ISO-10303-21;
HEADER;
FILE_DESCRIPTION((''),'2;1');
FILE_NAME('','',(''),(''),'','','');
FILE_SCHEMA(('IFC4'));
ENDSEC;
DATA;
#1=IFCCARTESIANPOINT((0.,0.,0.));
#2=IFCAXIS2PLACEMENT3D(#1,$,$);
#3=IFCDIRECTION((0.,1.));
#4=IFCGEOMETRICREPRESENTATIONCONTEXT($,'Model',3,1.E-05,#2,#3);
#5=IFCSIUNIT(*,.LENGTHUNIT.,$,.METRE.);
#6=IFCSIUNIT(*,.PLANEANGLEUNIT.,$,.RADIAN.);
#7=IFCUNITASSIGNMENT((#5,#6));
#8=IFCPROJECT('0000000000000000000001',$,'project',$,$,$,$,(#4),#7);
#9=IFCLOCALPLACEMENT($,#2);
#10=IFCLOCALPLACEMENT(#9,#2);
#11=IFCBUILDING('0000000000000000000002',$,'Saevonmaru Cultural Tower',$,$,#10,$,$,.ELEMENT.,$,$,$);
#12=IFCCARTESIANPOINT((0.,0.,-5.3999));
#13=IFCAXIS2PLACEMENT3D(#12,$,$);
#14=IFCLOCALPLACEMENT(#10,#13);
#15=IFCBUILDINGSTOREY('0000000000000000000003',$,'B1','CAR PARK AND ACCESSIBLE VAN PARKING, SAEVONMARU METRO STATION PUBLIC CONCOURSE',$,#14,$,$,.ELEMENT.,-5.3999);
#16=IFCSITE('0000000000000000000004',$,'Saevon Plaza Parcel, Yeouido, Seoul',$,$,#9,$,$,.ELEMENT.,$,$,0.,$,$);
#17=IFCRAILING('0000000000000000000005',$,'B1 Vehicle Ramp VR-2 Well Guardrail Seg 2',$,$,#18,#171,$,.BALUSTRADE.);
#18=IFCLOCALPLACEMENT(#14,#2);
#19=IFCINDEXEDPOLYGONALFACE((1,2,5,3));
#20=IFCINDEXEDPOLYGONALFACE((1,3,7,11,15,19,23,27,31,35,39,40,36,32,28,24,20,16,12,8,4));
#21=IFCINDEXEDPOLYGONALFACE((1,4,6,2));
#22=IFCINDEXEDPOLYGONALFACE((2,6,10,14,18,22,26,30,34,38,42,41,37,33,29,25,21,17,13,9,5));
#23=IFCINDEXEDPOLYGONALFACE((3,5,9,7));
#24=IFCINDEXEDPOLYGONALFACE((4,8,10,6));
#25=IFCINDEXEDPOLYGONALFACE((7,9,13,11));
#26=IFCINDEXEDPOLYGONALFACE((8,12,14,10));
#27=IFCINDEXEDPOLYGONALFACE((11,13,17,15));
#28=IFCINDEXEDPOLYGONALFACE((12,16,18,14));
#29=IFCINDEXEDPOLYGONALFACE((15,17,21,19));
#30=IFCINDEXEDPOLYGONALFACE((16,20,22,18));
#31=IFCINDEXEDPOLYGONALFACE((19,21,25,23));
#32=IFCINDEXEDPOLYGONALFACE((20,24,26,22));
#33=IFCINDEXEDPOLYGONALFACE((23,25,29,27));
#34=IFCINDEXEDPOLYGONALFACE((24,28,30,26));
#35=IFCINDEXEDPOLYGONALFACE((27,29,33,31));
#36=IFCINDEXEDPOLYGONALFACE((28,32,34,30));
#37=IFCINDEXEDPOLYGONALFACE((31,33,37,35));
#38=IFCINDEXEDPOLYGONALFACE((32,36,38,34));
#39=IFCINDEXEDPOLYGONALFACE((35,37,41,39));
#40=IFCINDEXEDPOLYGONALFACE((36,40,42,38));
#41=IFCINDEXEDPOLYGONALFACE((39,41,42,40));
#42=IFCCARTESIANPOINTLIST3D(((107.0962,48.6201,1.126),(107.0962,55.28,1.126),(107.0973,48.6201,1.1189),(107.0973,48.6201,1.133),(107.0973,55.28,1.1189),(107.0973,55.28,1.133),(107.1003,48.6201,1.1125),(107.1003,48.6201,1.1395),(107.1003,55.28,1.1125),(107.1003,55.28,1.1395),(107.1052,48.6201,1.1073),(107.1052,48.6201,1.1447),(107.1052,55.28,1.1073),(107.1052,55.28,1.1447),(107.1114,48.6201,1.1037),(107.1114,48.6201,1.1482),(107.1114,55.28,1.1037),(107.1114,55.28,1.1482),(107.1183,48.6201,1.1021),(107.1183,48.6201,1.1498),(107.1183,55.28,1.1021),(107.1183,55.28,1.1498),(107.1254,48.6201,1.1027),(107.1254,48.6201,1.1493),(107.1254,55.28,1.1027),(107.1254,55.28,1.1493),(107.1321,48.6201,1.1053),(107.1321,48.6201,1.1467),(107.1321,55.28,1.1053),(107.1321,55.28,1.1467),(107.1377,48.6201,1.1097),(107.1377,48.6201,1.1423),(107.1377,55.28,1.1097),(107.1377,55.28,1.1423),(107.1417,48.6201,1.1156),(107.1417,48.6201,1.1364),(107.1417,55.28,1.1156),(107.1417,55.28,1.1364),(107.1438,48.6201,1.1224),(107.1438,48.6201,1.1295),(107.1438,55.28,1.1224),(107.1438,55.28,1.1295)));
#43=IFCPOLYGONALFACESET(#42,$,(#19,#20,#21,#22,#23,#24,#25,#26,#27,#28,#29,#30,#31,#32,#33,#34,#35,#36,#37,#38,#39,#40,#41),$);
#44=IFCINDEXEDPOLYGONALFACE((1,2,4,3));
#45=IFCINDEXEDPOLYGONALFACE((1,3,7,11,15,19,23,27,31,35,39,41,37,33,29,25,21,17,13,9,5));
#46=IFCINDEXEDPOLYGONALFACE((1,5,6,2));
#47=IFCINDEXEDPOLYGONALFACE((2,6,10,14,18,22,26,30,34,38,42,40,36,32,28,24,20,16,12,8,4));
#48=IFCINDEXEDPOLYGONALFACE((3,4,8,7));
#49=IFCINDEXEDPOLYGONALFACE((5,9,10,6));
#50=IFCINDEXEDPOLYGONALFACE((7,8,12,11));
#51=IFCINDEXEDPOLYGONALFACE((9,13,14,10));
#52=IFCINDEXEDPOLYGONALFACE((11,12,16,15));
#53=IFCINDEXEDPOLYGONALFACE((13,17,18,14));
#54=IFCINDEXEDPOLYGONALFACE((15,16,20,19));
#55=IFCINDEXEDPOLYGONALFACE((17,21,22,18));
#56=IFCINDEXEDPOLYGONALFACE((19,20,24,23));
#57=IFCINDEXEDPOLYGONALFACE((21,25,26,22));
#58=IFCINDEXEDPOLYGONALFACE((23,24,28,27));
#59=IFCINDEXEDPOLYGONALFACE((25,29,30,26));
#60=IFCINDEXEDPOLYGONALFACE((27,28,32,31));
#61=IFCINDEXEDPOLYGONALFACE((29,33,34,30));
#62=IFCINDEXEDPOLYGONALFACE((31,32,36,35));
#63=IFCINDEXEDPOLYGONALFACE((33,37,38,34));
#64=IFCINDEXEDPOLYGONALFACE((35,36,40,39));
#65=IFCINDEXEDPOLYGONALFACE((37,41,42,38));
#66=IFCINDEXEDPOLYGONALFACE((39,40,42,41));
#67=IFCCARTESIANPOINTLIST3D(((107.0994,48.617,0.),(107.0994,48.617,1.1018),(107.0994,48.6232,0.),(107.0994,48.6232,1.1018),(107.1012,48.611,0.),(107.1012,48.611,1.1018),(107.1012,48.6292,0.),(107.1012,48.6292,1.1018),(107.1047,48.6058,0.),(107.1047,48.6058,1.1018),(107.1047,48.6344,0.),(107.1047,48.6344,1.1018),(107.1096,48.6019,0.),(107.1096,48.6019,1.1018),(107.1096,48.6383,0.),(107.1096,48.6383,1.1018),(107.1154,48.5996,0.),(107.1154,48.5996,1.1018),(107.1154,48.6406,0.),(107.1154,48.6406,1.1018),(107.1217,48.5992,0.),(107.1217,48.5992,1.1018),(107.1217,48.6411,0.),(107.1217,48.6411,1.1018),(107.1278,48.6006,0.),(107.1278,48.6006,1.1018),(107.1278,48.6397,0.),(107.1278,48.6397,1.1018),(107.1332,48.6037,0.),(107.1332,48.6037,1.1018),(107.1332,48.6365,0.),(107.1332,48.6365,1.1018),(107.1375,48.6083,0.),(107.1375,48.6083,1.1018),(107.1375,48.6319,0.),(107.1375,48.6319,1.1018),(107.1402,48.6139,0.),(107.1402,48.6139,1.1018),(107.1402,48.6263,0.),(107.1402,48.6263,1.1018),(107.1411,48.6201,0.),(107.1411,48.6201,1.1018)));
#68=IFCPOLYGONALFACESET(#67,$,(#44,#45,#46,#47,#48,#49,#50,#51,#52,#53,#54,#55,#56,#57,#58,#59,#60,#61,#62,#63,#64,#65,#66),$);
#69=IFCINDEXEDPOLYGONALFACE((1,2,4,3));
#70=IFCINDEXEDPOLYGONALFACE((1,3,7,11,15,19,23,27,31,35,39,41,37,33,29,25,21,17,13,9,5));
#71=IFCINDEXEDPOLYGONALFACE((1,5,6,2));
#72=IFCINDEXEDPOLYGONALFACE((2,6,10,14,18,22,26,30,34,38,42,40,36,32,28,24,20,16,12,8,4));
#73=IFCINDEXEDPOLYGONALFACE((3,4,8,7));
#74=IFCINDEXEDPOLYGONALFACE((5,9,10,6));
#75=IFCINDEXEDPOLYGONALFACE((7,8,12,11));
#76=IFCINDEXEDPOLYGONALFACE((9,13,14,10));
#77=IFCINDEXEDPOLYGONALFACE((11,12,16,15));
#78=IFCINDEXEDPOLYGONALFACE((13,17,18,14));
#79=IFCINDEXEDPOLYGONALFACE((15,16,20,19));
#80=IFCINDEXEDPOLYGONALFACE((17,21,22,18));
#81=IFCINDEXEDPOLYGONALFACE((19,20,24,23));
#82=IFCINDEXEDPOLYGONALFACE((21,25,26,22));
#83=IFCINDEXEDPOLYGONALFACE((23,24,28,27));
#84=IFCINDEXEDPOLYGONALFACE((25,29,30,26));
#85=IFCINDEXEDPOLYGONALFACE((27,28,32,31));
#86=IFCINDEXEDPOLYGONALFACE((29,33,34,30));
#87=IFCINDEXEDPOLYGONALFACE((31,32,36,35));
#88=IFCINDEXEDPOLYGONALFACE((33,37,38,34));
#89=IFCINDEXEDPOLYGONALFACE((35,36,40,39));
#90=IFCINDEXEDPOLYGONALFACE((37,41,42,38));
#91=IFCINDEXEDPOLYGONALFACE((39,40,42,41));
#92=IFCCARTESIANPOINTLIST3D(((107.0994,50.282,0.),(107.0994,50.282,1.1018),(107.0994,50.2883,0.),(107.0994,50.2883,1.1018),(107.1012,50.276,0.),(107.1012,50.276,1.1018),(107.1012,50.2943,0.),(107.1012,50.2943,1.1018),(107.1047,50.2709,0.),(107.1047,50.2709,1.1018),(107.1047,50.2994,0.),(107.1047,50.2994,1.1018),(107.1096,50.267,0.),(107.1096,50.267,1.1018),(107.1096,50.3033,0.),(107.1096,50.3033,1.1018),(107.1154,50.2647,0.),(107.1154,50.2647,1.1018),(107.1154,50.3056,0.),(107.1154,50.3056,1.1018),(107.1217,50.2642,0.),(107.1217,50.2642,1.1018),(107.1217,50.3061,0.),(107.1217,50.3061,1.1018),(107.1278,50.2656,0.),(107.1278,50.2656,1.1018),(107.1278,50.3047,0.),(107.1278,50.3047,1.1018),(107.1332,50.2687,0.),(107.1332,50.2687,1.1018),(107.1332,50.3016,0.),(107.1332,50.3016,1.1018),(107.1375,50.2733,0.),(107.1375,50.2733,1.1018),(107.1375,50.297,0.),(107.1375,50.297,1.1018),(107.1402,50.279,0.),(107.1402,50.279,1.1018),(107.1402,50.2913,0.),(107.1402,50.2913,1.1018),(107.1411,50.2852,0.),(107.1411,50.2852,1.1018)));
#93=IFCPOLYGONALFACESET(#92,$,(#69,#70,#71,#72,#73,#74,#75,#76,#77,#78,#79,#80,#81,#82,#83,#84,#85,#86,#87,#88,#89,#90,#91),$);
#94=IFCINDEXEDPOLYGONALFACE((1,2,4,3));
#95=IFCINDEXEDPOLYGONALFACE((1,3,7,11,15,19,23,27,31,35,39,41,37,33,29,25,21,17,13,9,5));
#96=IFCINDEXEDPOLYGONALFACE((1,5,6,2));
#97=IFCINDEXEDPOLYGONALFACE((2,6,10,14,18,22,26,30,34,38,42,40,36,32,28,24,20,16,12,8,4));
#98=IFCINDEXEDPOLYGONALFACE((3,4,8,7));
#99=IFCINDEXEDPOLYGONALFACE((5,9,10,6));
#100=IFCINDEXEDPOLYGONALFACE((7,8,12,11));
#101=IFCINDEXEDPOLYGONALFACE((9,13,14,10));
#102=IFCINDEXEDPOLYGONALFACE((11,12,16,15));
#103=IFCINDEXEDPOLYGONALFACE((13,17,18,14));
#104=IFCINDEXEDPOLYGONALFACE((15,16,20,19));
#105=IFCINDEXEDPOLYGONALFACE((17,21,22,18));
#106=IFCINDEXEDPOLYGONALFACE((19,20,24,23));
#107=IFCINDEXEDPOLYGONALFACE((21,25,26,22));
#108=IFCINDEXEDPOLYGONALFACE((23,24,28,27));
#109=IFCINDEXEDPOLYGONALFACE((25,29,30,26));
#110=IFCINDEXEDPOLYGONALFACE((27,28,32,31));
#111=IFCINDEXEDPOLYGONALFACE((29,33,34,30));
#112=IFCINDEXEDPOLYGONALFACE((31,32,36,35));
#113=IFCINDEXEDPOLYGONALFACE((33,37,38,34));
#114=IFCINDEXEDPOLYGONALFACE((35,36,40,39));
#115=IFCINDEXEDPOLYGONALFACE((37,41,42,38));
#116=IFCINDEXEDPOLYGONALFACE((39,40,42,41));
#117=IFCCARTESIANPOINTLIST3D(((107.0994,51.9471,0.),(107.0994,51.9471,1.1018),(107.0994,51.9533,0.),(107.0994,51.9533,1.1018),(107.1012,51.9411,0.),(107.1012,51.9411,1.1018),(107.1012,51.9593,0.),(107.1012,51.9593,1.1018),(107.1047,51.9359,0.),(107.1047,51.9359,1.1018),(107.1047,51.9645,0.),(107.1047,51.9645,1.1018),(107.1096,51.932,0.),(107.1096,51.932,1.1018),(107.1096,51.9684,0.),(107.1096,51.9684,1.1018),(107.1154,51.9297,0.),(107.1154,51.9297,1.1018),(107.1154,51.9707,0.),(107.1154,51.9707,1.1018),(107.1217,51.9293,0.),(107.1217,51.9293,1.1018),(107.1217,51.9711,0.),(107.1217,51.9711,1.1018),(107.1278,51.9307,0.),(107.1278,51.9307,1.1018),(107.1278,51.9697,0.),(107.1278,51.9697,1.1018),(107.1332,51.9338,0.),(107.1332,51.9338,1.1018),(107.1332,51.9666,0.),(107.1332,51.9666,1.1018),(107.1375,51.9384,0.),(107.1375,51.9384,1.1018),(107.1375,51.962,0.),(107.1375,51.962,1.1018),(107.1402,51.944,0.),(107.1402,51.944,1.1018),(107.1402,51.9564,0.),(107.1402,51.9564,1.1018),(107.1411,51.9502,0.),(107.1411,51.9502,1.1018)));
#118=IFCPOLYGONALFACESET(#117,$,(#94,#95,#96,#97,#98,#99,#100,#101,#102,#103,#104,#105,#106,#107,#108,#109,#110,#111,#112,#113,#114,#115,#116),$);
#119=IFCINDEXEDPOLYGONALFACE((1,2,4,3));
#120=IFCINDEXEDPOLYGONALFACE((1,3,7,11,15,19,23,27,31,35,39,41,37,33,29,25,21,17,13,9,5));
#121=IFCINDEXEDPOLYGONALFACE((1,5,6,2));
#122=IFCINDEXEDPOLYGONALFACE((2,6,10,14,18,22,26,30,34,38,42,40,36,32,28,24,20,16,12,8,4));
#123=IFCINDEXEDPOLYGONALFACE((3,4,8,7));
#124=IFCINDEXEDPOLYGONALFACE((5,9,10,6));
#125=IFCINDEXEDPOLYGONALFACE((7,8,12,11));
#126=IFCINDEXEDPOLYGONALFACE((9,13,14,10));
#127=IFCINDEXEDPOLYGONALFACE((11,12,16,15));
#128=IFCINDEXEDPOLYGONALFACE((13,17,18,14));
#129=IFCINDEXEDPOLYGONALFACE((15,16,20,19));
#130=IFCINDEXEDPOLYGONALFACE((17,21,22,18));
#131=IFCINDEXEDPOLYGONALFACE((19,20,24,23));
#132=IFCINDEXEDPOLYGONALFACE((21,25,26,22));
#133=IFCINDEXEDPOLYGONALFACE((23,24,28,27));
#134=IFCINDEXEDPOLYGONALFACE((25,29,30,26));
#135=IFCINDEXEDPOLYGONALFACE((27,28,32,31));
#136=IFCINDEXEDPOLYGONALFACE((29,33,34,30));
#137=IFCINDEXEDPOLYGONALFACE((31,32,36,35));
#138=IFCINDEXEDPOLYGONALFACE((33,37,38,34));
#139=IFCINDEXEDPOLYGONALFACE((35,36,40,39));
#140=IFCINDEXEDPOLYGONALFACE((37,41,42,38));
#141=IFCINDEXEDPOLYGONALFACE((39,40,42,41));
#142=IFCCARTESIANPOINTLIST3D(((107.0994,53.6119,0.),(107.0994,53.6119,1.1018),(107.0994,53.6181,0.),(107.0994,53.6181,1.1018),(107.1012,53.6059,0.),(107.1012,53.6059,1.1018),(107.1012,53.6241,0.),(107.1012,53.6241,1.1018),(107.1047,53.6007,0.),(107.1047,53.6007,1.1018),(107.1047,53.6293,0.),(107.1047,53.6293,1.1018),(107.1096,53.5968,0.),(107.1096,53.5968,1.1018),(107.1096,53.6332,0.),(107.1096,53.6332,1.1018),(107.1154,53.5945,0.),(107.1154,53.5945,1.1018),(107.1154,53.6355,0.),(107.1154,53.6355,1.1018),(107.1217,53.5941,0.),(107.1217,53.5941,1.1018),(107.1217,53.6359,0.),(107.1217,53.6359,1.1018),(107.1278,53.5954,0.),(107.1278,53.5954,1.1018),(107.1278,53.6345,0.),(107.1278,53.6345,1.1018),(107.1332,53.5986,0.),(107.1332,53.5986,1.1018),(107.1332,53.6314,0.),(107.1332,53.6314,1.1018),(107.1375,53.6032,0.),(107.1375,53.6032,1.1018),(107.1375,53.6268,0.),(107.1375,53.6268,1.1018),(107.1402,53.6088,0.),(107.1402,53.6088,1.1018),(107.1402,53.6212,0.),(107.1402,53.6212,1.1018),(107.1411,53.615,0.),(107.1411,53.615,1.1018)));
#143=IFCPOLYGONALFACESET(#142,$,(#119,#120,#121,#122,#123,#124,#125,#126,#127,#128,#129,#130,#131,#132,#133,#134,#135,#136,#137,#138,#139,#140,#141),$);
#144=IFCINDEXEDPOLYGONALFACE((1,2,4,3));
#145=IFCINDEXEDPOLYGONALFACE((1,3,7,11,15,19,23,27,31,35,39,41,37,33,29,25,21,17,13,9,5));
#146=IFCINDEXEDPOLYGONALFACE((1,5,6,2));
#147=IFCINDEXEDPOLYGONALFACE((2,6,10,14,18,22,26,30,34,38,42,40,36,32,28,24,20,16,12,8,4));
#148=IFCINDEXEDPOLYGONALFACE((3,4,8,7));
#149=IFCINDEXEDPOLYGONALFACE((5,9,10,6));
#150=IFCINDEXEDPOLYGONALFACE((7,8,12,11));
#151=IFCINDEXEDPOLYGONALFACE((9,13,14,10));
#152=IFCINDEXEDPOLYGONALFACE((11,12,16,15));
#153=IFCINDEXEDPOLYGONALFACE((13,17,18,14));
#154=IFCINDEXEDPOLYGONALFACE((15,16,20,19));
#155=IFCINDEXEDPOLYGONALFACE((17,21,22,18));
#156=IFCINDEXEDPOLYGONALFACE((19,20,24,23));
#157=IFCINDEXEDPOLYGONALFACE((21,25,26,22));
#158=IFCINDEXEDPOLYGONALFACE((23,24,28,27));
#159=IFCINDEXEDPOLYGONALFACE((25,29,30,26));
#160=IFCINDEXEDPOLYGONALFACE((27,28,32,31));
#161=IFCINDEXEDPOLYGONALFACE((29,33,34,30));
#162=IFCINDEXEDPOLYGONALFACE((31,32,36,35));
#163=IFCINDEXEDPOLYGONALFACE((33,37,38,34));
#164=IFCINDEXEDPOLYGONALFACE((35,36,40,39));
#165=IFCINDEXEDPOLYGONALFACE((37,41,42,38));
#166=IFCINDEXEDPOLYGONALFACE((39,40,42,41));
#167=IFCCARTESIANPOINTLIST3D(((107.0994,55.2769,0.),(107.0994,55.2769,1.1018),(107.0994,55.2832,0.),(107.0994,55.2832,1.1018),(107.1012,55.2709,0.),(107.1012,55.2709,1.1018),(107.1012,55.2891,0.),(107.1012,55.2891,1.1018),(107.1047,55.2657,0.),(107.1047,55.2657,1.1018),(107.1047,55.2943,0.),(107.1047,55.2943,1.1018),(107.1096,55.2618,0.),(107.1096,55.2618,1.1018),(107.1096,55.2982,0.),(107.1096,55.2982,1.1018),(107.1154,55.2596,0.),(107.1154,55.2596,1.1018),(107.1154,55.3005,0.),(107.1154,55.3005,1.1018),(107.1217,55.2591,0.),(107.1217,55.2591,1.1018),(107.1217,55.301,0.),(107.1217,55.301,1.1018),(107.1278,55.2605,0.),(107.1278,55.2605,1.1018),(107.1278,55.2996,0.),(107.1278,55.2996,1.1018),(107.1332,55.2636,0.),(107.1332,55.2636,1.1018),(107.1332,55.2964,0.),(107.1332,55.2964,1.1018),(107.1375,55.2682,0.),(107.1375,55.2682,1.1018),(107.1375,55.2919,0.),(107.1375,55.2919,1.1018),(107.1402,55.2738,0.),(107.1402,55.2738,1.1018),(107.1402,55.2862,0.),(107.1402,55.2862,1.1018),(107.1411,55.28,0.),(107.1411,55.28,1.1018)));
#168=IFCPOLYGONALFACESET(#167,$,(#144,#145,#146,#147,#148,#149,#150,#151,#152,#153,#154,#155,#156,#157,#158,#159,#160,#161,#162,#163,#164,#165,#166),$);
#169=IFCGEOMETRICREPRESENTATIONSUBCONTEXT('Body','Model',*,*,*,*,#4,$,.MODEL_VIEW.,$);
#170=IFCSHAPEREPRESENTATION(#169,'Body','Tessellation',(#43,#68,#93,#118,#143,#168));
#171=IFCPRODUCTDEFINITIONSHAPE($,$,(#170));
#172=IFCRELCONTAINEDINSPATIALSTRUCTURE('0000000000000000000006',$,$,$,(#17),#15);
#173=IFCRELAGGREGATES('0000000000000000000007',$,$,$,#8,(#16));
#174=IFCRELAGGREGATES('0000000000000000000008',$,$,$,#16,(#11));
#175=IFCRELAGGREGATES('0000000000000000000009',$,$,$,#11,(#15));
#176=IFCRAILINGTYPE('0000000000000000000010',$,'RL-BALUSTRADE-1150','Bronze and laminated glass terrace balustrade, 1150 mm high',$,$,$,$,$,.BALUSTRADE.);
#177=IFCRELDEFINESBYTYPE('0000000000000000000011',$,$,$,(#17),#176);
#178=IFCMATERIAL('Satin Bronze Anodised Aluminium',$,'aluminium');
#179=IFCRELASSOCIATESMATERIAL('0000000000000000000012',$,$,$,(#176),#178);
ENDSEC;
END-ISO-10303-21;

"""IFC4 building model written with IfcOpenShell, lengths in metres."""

from ifc_helpers import new_model, si_unit, direction, frame, origin, origin_2d, place, context, subcontext, project, spatial, circle, extrude, material, type_object, element, save


model = new_model("IFC4")

# Units and contexts
model_context = context("Model", 3, precision=1e-05, world=origin(), true_north=direction((0.0, 1.0)))
body_context = subcontext(model_context, "Body", "Model", "MODEL_VIEW")
ifc_project = project(units=[si_unit("LENGTHUNIT", "METRE"), si_unit("PLANEANGLEUNIT", "RADIAN")], contexts=[model_context])

# Site, building, storey
site_placement = place(None, origin())
site = spatial("IfcSite", under=ifc_project, at=site_placement, Name="Saevon Plaza Parcel, Yeouido, Seoul", CompositionType="ELEMENT", RefElevation=0.0)
building_placement = place(site_placement, origin())
building = spatial("IfcBuilding", under=site, at=building_placement, Name="Saevonmaru Cultural Tower", CompositionType="ELEMENT")
storey_placement = place(building_placement, frame((0.0, 0.0, -5.3999)))
storey = spatial("IfcBuildingStorey", under=building, at=storey_placement, Name="B1", Description="CAR PARK AND ACCESSIBLE VAN PARKING, SAEVONMARU METRO STATION PUBLIC CONCOURSE", CompositionType="ELEMENT", Elevation=-5.3999)

# Railing
ifc_material_1 = material(Name="Satin Bronze Anodised Aluminium", Category="aluminium")
railing_type = type_object("IfcRailingType", Name="RL-BALUSTRADE-1150", Description="Bronze and laminated glass terrace balustrade, 1150 mm high", PredefinedType="BALUSTRADE", material=ifc_material_1)
railing_1_placement = place(storey_placement, frame((107.1201, 48.6201, 0.0)))
element("IfcRailing", 1, at=railing_1_placement, inside=storey, type_object=railing_type, Name="B1 Vehicle Ramp VR-2 Well Guardrail Seg 2", PredefinedType="BALUSTRADE", context=body_context, shape_type="SweptSolid", body=[
    extrude(circle(Radius=0.0239, at=origin_2d()), frame((0.0, 0.0, 1.126), z_axis=(0.0, 1.0, 0.0), x_axis=(-1.0, 0.0, 0.0)), (0.0, 0.0, 1.0), 6.6599),
    extrude(circle(Radius=0.021, at=origin_2d()), origin(), (0.0, 0.0, 1.0), 1.1018),
    extrude(circle(Radius=0.021, at=origin_2d()), frame((0.0, 1.665, 0.0)), (0.0, 0.0, 1.0), 1.1018),
    extrude(circle(Radius=0.021, at=origin_2d()), frame((0.0, 3.3301, 0.0)), (0.0, 0.0, 1.0), 1.1018),
    extrude(circle(Radius=0.021, at=origin_2d()), frame((0.0, 4.9949, 0.0)), (0.0, 0.0, 1.0), 1.1018),
    extrude(circle(Radius=0.021, at=origin_2d()), frame((0.0, 6.6599, 0.0)), (0.0, 0.0, 1.0), 1.1018),
])

save(model, "model.ifc")
